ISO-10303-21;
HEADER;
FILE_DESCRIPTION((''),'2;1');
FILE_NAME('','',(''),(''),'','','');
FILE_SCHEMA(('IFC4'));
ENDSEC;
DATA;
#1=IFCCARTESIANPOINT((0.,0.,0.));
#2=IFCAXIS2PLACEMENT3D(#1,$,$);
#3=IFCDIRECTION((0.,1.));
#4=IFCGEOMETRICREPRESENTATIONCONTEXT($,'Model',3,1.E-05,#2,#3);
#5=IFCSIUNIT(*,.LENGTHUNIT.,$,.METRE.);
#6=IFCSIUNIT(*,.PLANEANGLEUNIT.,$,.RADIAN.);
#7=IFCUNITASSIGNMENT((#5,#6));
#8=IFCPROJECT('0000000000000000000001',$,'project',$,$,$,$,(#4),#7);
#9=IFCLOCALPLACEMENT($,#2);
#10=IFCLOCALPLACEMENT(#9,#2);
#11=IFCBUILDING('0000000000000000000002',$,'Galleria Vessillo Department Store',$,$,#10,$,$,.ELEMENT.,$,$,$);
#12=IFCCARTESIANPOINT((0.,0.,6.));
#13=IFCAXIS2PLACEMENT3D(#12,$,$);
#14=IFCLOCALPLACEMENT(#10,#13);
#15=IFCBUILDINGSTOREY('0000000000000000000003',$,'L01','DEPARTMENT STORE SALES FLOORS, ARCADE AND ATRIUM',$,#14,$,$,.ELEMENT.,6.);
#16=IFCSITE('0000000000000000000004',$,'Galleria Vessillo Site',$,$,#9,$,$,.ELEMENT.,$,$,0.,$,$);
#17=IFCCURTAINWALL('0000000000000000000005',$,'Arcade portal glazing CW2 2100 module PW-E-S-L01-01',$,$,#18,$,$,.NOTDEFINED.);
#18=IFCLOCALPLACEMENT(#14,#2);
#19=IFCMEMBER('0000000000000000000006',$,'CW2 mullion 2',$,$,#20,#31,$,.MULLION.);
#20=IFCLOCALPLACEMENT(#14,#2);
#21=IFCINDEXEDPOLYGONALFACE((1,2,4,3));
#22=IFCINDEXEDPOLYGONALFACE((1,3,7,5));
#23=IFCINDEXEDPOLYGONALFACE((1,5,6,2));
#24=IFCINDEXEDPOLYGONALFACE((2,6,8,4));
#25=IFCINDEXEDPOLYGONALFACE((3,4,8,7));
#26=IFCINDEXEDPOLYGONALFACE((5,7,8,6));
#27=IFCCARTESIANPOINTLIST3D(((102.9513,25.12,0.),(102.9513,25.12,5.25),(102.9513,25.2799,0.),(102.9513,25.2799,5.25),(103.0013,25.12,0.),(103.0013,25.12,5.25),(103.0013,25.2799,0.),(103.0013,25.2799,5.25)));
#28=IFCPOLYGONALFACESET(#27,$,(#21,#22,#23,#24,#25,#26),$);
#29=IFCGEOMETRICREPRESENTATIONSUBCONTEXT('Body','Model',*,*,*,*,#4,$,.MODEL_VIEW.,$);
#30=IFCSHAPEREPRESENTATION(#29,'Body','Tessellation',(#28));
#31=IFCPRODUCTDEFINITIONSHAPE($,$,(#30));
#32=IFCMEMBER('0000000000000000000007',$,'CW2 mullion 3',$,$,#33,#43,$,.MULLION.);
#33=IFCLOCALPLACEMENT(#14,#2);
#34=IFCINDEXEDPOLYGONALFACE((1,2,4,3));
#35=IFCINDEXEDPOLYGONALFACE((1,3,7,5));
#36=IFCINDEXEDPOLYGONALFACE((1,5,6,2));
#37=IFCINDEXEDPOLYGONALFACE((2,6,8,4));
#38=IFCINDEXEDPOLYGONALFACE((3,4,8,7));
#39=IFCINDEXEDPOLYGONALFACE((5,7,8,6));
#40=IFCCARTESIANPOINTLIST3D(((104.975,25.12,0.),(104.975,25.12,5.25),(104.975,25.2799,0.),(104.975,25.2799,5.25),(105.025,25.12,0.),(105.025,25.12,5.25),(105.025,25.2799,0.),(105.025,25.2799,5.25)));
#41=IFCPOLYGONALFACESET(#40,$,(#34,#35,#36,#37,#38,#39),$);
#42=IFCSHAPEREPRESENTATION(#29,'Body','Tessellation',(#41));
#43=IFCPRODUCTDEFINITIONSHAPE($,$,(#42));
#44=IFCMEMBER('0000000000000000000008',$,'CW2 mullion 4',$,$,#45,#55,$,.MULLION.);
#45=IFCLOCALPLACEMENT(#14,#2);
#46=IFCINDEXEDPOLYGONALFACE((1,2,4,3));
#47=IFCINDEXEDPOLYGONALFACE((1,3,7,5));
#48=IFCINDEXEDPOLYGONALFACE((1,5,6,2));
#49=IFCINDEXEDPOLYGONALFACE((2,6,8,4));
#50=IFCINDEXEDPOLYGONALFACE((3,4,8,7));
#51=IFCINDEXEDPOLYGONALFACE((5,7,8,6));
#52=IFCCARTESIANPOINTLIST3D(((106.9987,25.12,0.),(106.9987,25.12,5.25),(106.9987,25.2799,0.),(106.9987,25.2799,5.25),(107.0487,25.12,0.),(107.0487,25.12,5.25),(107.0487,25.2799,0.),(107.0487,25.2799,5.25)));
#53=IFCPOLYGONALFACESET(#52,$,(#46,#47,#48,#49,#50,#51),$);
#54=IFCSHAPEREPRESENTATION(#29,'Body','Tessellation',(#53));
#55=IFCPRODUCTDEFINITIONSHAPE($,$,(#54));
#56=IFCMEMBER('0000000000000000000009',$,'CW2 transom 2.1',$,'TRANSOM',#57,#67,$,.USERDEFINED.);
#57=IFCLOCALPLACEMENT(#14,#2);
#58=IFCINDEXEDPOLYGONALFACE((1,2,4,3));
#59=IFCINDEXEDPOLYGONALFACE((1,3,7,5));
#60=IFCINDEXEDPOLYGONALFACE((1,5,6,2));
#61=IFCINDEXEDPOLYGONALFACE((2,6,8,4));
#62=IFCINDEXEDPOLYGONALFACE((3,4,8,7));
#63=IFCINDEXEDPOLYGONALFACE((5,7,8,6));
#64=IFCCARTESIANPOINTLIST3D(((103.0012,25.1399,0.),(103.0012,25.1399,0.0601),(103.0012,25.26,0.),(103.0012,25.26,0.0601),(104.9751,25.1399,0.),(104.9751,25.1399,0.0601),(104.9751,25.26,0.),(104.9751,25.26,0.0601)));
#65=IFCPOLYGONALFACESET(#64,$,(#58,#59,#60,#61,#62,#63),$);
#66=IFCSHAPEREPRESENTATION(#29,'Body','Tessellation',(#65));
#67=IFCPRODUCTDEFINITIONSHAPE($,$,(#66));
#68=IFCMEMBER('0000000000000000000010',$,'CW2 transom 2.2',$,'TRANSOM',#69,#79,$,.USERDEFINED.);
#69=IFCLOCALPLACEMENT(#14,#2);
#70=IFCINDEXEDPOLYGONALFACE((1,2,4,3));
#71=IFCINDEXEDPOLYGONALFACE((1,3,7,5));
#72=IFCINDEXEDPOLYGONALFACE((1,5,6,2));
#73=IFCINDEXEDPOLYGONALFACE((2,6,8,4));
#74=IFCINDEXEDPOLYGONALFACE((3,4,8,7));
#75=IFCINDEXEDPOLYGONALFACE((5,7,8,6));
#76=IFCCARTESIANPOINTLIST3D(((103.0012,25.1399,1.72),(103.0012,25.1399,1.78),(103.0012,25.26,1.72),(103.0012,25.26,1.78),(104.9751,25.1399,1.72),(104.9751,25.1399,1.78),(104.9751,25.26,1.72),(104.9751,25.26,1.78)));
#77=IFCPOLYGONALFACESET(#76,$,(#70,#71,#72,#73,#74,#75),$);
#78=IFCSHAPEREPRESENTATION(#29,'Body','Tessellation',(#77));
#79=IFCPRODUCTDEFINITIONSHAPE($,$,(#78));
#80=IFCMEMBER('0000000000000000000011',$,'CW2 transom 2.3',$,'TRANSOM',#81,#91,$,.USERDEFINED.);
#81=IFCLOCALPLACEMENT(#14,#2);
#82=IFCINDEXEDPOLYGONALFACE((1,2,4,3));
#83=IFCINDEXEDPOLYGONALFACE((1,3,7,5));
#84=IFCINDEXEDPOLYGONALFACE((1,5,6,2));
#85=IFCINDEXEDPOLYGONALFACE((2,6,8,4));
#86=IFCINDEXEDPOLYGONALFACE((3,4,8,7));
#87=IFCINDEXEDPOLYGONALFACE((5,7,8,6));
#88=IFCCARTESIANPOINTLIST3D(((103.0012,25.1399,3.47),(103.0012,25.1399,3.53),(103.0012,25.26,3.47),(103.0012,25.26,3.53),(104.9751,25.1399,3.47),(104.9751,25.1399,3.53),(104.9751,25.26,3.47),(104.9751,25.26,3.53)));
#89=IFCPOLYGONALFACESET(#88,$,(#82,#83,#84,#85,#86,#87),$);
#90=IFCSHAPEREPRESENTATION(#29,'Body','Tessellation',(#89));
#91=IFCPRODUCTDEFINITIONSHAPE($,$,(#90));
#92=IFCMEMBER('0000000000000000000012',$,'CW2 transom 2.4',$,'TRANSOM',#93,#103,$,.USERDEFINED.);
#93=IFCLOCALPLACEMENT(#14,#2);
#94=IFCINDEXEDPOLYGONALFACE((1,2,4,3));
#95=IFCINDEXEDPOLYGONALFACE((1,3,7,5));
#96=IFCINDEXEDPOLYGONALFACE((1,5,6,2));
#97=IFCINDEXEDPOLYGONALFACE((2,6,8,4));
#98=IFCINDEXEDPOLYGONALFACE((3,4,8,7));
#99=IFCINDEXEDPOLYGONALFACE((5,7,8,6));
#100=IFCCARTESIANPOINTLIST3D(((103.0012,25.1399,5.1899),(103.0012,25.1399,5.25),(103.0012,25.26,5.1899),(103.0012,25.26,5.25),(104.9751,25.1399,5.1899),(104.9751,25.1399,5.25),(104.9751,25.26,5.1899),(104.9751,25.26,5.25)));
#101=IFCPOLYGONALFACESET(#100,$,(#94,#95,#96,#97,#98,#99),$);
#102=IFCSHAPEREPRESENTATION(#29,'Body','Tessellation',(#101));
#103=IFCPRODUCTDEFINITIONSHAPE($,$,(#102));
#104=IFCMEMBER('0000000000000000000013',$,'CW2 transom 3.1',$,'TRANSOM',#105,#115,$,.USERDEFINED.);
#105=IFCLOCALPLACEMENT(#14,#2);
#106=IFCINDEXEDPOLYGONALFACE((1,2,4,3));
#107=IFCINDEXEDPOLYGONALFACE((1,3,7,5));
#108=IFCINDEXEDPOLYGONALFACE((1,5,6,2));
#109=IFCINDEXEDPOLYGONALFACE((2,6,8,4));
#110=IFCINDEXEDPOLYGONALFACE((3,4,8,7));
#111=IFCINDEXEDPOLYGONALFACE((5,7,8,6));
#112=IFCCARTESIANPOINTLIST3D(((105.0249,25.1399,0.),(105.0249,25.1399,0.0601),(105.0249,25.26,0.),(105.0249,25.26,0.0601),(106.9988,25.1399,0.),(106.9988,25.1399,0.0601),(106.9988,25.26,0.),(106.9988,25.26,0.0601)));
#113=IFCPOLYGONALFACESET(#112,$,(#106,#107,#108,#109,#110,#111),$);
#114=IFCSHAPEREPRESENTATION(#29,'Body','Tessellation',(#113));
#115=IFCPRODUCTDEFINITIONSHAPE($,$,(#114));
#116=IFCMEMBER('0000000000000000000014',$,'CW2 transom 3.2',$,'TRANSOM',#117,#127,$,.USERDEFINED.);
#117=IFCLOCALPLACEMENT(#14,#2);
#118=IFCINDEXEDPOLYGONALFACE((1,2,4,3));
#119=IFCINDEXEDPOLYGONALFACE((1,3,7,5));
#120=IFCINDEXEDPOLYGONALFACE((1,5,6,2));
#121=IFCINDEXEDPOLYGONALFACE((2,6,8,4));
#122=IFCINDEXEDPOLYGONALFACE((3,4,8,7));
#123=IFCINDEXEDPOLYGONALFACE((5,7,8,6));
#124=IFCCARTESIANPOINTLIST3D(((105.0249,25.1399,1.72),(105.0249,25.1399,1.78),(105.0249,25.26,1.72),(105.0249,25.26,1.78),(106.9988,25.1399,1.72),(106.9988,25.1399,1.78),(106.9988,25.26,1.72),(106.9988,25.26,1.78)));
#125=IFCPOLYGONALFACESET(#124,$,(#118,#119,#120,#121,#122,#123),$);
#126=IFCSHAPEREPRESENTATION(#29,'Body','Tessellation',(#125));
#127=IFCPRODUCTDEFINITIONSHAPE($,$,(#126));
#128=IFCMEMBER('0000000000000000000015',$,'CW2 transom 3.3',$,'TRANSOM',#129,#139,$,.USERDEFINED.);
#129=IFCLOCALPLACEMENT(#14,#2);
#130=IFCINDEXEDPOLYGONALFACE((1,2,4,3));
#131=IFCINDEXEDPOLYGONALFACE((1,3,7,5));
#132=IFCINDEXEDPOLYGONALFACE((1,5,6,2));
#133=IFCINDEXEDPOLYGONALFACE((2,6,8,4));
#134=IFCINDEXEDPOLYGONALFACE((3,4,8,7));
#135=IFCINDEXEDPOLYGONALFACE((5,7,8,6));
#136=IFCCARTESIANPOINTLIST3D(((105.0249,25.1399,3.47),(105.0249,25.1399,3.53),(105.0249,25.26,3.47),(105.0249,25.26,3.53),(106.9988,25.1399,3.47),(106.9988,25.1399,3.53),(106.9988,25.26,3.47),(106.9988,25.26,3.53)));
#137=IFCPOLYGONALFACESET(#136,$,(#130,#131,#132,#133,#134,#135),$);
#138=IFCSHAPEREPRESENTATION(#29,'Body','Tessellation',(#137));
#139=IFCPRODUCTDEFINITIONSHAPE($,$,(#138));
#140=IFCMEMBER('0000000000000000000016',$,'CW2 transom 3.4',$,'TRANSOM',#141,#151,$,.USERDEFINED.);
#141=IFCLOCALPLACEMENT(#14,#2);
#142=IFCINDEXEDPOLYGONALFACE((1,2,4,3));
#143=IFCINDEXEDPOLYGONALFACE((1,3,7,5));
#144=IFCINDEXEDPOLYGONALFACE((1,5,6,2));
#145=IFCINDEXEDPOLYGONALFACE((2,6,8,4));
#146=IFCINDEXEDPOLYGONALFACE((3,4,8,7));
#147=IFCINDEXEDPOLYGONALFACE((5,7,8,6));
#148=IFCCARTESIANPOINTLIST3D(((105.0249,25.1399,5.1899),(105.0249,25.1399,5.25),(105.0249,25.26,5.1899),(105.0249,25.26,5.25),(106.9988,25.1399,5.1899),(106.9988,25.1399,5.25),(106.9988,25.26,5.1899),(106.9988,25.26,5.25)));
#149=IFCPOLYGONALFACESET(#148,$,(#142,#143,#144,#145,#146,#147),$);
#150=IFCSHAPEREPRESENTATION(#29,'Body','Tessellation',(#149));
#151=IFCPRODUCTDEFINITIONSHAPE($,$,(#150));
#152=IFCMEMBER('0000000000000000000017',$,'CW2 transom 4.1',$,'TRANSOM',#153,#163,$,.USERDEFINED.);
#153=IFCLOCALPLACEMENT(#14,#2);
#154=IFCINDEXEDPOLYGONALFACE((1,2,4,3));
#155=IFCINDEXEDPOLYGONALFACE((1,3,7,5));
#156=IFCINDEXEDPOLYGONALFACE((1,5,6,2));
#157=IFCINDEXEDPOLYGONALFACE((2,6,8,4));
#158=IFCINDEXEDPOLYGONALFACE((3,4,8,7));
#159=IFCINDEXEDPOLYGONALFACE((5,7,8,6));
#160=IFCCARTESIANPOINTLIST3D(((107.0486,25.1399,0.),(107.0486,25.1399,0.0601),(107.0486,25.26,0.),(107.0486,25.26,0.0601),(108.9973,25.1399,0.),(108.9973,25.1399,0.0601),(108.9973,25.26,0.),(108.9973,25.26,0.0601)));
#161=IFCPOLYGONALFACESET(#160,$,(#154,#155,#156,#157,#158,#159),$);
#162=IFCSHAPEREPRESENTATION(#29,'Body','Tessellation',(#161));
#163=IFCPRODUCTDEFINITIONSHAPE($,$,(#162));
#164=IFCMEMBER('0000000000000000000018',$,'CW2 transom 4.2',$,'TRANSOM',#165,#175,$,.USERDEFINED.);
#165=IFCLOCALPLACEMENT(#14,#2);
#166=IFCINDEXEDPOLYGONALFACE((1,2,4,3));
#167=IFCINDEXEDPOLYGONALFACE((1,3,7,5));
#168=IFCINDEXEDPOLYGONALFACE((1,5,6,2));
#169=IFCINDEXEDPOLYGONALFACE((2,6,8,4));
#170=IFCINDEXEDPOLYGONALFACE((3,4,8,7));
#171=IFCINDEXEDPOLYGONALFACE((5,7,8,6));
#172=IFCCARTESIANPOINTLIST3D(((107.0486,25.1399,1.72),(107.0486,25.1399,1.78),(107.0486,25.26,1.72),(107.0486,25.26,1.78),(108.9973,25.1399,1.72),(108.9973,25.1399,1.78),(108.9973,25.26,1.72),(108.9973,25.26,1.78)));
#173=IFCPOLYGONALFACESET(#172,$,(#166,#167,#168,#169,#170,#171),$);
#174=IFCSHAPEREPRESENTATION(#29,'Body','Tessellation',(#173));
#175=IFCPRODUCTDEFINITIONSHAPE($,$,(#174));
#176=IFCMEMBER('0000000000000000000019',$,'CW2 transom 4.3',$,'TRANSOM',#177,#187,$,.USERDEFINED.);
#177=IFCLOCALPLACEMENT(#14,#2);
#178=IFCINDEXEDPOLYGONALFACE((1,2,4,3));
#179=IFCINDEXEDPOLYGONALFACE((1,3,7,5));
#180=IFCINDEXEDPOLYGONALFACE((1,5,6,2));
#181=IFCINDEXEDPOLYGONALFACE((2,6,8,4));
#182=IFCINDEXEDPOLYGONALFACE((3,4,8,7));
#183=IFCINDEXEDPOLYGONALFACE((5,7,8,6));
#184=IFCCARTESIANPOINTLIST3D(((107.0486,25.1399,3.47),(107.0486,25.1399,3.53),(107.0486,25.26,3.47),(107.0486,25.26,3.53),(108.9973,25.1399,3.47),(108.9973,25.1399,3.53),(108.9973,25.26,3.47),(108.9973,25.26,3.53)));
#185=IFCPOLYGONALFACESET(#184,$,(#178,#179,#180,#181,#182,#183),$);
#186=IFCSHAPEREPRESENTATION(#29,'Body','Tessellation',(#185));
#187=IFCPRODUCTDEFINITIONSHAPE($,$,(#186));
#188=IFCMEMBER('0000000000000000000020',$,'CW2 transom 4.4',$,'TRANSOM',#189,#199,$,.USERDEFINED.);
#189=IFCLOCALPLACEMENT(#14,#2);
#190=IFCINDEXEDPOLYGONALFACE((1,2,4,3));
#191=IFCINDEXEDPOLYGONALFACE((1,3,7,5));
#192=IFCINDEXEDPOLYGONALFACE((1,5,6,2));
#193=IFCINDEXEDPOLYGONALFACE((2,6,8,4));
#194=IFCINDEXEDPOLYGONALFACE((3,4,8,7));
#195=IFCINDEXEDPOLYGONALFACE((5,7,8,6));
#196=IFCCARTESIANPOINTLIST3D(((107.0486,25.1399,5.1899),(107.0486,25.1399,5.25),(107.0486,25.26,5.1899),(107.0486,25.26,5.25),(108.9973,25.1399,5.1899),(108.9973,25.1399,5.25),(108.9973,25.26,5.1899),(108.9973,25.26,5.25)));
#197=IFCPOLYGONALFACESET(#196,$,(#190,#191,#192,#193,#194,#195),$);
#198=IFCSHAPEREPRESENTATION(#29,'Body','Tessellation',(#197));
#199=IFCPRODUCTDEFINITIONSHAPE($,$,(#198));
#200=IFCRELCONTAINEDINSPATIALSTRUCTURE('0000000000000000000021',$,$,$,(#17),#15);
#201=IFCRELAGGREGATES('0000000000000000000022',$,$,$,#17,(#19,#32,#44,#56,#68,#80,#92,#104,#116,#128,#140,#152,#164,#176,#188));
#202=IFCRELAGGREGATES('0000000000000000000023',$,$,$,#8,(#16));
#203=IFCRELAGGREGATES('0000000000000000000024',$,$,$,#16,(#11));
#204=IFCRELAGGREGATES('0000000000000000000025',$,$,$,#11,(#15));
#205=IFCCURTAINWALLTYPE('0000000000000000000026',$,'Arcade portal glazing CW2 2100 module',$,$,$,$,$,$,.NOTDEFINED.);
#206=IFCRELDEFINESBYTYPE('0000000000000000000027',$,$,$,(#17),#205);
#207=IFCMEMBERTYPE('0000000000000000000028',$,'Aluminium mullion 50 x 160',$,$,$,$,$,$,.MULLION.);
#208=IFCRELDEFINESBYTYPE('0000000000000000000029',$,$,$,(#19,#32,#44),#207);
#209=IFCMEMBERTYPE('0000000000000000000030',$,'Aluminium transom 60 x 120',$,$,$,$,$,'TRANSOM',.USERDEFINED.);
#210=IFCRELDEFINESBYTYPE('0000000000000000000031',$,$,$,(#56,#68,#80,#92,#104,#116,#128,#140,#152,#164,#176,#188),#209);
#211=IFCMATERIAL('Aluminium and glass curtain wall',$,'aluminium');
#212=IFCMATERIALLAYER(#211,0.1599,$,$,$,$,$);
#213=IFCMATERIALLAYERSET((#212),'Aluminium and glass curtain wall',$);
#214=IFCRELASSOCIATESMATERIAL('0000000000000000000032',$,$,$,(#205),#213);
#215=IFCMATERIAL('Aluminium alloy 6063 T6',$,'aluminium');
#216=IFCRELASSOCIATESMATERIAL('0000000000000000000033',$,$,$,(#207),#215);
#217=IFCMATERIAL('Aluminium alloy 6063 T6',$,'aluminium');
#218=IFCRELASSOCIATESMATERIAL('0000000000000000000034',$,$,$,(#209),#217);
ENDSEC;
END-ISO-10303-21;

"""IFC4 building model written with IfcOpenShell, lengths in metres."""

from ifc_helpers import new_model, si_unit, direction, frame, origin, origin_2d, place, context, subcontext, project, spatial, rectangle, extrude, material, layer, layer_set, material_profile, profile_set, type_object, element, aggregate, save


model = new_model("IFC4")

# Units and contexts
model_context = context("Model", 3, precision=1e-05, world=origin(), true_north=direction((0.0, 1.0)))
body_context = subcontext(model_context, "Body", "Model", "MODEL_VIEW")
ifc_project = project(units=[si_unit("LENGTHUNIT", "METRE"), si_unit("PLANEANGLEUNIT", "RADIAN")], contexts=[model_context])

# Site, building, storey
site_placement = place(None, origin())
site = spatial("IfcSite", under=ifc_project, at=site_placement, Name="Galleria Vessillo Site", CompositionType="ELEMENT", RefElevation=0.0)
building_placement = place(site_placement, origin())
building = spatial("IfcBuilding", under=site, at=building_placement, Name="Galleria Vessillo Department Store", CompositionType="ELEMENT")
storey_placement = place(building_placement, frame((0.0, 0.0, 6.0)))
storey = spatial("IfcBuildingStorey", under=building, at=storey_placement, Name="L01", Description="DEPARTMENT STORE SALES FLOORS, ARCADE AND ATRIUM", CompositionType="ELEMENT", Elevation=6.0)

# Curtain wall, members
ifc_material_1 = material(Name="Aluminium and glass curtain wall", Category="aluminium")
ifc_layer_1 = layer(ifc_material_1, 0.1599)
ifc_layer_set_1 = layer_set([ifc_layer_1], Name="Aluminium and glass curtain wall")
curtain_wall_type = type_object("IfcCurtainWallType", Name="Arcade portal glazing CW2 2100 module", PredefinedType="NOTDEFINED", material=ifc_layer_set_1)
curtain_wall_placement = place(storey_placement, origin())
curtain_wall = element("IfcCurtainWall", 1, at=curtain_wall_placement, inside=storey, type_object=curtain_wall_type, Name="Arcade portal glazing CW2 2100 module PW-E-S-L01-01", PredefinedType="NOTDEFINED")
ifc_material_2 = material(Name="Aluminium alloy 6063 T6", Category="aluminium")
ifc_material_profile_1 = material_profile(ifc_material_2, rectangle(XDim=0.1599, YDim=0.05, at=origin_2d()), Name="AL 50x160")
ifc_profile_set_1 = profile_set([ifc_material_profile_1], Name="Aluminium alloy 6063 T6")
member_type_1 = type_object("IfcMemberType", Name="Aluminium mullion 50 x 160", PredefinedType="MULLION", material=ifc_profile_set_1)
member_1_placement = place(storey_placement, frame((102.9763, 25.2, 0.0), z_axis=(0.0, 0.0, 1.0), x_axis=(0.0, 1.0, 0.0)))
member_1 = element("IfcMember", 2, at=member_1_placement, type_object=member_type_1, Name="CW2 mullion 2", PredefinedType="MULLION", context=body_context, shape_type="SweptSolid", body=[
    extrude(rectangle(XDim=0.1599, YDim=0.05, at=origin_2d()), origin(), (0.0, 0.0, 1.0), 5.25),
])
member_2_placement = place(storey_placement, frame((105.0, 25.2, 0.0), z_axis=(0.0, 0.0, 1.0), x_axis=(0.0, 1.0, 0.0)))
member_2 = element("IfcMember", 3, at=member_2_placement, type_object=member_type_1, Name="CW2 mullion 3", PredefinedType="MULLION", context=body_context, shape_type="SweptSolid", body=[
    extrude(rectangle(XDim=0.1599, YDim=0.05, at=origin_2d()), origin(), (0.0, 0.0, 1.0), 5.25),
])
member_3_placement = place(storey_placement, frame((107.0237, 25.2, 0.0), z_axis=(0.0, 0.0, 1.0), x_axis=(0.0, 1.0, 0.0)))
member_3 = element("IfcMember", 4, at=member_3_placement, type_object=member_type_1, Name="CW2 mullion 4", PredefinedType="MULLION", context=body_context, shape_type="SweptSolid", body=[
    extrude(rectangle(XDim=0.1599, YDim=0.05, at=origin_2d()), origin(), (0.0, 0.0, 1.0), 5.25),
])
ifc_material_3 = material(Name="Aluminium alloy 6063 T6", Category="aluminium")
ifc_material_profile_2 = material_profile(ifc_material_3, rectangle(XDim=0.1201, YDim=0.0601, at=origin_2d()), Name="AL 60x120")
ifc_profile_set_2 = profile_set([ifc_material_profile_2], Name="Aluminium alloy 6063 T6")
member_type_2 = type_object("IfcMemberType", Name="Aluminium transom 60 x 120", ElementType="TRANSOM", PredefinedType="USERDEFINED", material=ifc_profile_set_2)
member_4_placement = place(storey_placement, frame((103.0012, 25.2, 0.03), z_axis=(1.0, 0.0, 0.0), x_axis=(0.0, 1.0, 0.0)))
member_4 = element("IfcMember", 5, at=member_4_placement, type_object=member_type_2, Name="CW2 transom 2.1", ObjectType="TRANSOM", PredefinedType="USERDEFINED", context=body_context, shape_type="SweptSolid", body=[
    extrude(rectangle(XDim=0.1201, YDim=0.0601, at=origin_2d()), origin(), (0.0, 0.0, 1.0), 1.9739),
])
member_5_placement = place(storey_placement, frame((103.0012, 25.2, 1.75), z_axis=(1.0, 0.0, 0.0), x_axis=(0.0, 1.0, 0.0)))
member_5 = element("IfcMember", 6, at=member_5_placement, type_object=member_type_2, Name="CW2 transom 2.2", ObjectType="TRANSOM", PredefinedType="USERDEFINED", context=body_context, shape_type="SweptSolid", body=[
    extrude(rectangle(XDim=0.1201, YDim=0.0601, at=origin_2d()), origin(), (0.0, 0.0, 1.0), 1.9739),
])
member_6_placement = place(storey_placement, frame((103.0012, 25.2, 3.5), z_axis=(1.0, 0.0, 0.0), x_axis=(0.0, 1.0, 0.0)))
member_6 = element("IfcMember", 7, at=member_6_placement, type_object=member_type_2, Name="CW2 transom 2.3", ObjectType="TRANSOM", PredefinedType="USERDEFINED", context=body_context, shape_type="SweptSolid", body=[
    extrude(rectangle(XDim=0.1201, YDim=0.0601, at=origin_2d()), origin(), (0.0, 0.0, 1.0), 1.9739),
])
member_7_placement = place(storey_placement, frame((103.0012, 25.2, 5.22), z_axis=(1.0, 0.0, 0.0), x_axis=(0.0, 1.0, 0.0)))
member_7 = element("IfcMember", 8, at=member_7_placement, type_object=member_type_2, Name="CW2 transom 2.4", ObjectType="TRANSOM", PredefinedType="USERDEFINED", context=body_context, shape_type="SweptSolid", body=[
    extrude(rectangle(XDim=0.1201, YDim=0.0601, at=origin_2d()), origin(), (0.0, 0.0, 1.0), 1.9739),
])
member_8_placement = place(storey_placement, frame((105.0249, 25.2, 0.03), z_axis=(1.0, 0.0, 0.0), x_axis=(0.0, 1.0, 0.0)))
member_8 = element("IfcMember", 9, at=member_8_placement, type_object=member_type_2, Name="CW2 transom 3.1", ObjectType="TRANSOM", PredefinedType="USERDEFINED", context=body_context, shape_type="SweptSolid", body=[
    extrude(rectangle(XDim=0.1201, YDim=0.0601, at=origin_2d()), origin(), (0.0, 0.0, 1.0), 1.9739),
])
member_9_placement = place(storey_placement, frame((105.0249, 25.2, 1.75), z_axis=(1.0, 0.0, 0.0), x_axis=(0.0, 1.0, 0.0)))
member_9 = element("IfcMember", 10, at=member_9_placement, type_object=member_type_2, Name="CW2 transom 3.2", ObjectType="TRANSOM", PredefinedType="USERDEFINED", context=body_context, shape_type="SweptSolid", body=[
    extrude(rectangle(XDim=0.1201, YDim=0.0601, at=origin_2d()), origin(), (0.0, 0.0, 1.0), 1.9739),
])
member_10_placement = place(storey_placement, frame((105.0249, 25.2, 3.5), z_axis=(1.0, 0.0, 0.0), x_axis=(0.0, 1.0, 0.0)))
member_10 = element("IfcMember", 11, at=member_10_placement, type_object=member_type_2, Name="CW2 transom 3.3", ObjectType="TRANSOM", PredefinedType="USERDEFINED", context=body_context, shape_type="SweptSolid", body=[
    extrude(rectangle(XDim=0.1201, YDim=0.0601, at=origin_2d()), origin(), (0.0, 0.0, 1.0), 1.9739),
])
member_11_placement = place(storey_placement, frame((105.0249, 25.2, 5.22), z_axis=(1.0, 0.0, 0.0), x_axis=(0.0, 1.0, 0.0)))
member_11 = element("IfcMember", 12, at=member_11_placement, type_object=member_type_2, Name="CW2 transom 3.4", ObjectType="TRANSOM", PredefinedType="USERDEFINED", context=body_context, shape_type="SweptSolid", body=[
    extrude(rectangle(XDim=0.1201, YDim=0.0601, at=origin_2d()), origin(), (0.0, 0.0, 1.0), 1.9739),
])
member_12_placement = place(storey_placement, frame((107.0486, 25.2, 0.03), z_axis=(1.0, 0.0, 0.0), x_axis=(0.0, 1.0, 0.0)))
member_12 = element("IfcMember", 13, at=member_12_placement, type_object=member_type_2, Name="CW2 transom 4.1", ObjectType="TRANSOM", PredefinedType="USERDEFINED", context=body_context, shape_type="SweptSolid", body=[
    extrude(rectangle(XDim=0.1201, YDim=0.0601, at=origin_2d()), origin(), (0.0, 0.0, 1.0), 1.9487),
])
member_13_placement = place(storey_placement, frame((107.0486, 25.2, 1.75), z_axis=(1.0, 0.0, 0.0), x_axis=(0.0, 1.0, 0.0)))
member_13 = element("IfcMember", 14, at=member_13_placement, type_object=member_type_2, Name="CW2 transom 4.2", ObjectType="TRANSOM", PredefinedType="USERDEFINED", context=body_context, shape_type="SweptSolid", body=[
    extrude(rectangle(XDim=0.1201, YDim=0.0601, at=origin_2d()), origin(), (0.0, 0.0, 1.0), 1.9487),
])
member_14_placement = place(storey_placement, frame((107.0486, 25.2, 3.5), z_axis=(1.0, 0.0, 0.0), x_axis=(0.0, 1.0, 0.0)))
member_14 = element("IfcMember", 15, at=member_14_placement, type_object=member_type_2, Name="CW2 transom 4.3", ObjectType="TRANSOM", PredefinedType="USERDEFINED", context=body_context, shape_type="SweptSolid", body=[
    extrude(rectangle(XDim=0.1201, YDim=0.0601, at=origin_2d()), origin(), (0.0, 0.0, 1.0), 1.9487),
])
member_15_placement = place(storey_placement, frame((107.0486, 25.2, 5.22), z_axis=(1.0, 0.0, 0.0), x_axis=(0.0, 1.0, 0.0)))
member_15 = element("IfcMember", 16, at=member_15_placement, type_object=member_type_2, Name="CW2 transom 4.4", ObjectType="TRANSOM", PredefinedType="USERDEFINED", context=body_context, shape_type="SweptSolid", body=[
    extrude(rectangle(XDim=0.1201, YDim=0.0601, at=origin_2d()), origin(), (0.0, 0.0, 1.0), 1.9487),
])
aggregate(curtain_wall, [member_1, member_2, member_3, member_4, member_5, member_6, member_7, member_8, member_9, member_10, member_11, member_12, member_13, member_14, member_15])

save(model, "model.ifc")
